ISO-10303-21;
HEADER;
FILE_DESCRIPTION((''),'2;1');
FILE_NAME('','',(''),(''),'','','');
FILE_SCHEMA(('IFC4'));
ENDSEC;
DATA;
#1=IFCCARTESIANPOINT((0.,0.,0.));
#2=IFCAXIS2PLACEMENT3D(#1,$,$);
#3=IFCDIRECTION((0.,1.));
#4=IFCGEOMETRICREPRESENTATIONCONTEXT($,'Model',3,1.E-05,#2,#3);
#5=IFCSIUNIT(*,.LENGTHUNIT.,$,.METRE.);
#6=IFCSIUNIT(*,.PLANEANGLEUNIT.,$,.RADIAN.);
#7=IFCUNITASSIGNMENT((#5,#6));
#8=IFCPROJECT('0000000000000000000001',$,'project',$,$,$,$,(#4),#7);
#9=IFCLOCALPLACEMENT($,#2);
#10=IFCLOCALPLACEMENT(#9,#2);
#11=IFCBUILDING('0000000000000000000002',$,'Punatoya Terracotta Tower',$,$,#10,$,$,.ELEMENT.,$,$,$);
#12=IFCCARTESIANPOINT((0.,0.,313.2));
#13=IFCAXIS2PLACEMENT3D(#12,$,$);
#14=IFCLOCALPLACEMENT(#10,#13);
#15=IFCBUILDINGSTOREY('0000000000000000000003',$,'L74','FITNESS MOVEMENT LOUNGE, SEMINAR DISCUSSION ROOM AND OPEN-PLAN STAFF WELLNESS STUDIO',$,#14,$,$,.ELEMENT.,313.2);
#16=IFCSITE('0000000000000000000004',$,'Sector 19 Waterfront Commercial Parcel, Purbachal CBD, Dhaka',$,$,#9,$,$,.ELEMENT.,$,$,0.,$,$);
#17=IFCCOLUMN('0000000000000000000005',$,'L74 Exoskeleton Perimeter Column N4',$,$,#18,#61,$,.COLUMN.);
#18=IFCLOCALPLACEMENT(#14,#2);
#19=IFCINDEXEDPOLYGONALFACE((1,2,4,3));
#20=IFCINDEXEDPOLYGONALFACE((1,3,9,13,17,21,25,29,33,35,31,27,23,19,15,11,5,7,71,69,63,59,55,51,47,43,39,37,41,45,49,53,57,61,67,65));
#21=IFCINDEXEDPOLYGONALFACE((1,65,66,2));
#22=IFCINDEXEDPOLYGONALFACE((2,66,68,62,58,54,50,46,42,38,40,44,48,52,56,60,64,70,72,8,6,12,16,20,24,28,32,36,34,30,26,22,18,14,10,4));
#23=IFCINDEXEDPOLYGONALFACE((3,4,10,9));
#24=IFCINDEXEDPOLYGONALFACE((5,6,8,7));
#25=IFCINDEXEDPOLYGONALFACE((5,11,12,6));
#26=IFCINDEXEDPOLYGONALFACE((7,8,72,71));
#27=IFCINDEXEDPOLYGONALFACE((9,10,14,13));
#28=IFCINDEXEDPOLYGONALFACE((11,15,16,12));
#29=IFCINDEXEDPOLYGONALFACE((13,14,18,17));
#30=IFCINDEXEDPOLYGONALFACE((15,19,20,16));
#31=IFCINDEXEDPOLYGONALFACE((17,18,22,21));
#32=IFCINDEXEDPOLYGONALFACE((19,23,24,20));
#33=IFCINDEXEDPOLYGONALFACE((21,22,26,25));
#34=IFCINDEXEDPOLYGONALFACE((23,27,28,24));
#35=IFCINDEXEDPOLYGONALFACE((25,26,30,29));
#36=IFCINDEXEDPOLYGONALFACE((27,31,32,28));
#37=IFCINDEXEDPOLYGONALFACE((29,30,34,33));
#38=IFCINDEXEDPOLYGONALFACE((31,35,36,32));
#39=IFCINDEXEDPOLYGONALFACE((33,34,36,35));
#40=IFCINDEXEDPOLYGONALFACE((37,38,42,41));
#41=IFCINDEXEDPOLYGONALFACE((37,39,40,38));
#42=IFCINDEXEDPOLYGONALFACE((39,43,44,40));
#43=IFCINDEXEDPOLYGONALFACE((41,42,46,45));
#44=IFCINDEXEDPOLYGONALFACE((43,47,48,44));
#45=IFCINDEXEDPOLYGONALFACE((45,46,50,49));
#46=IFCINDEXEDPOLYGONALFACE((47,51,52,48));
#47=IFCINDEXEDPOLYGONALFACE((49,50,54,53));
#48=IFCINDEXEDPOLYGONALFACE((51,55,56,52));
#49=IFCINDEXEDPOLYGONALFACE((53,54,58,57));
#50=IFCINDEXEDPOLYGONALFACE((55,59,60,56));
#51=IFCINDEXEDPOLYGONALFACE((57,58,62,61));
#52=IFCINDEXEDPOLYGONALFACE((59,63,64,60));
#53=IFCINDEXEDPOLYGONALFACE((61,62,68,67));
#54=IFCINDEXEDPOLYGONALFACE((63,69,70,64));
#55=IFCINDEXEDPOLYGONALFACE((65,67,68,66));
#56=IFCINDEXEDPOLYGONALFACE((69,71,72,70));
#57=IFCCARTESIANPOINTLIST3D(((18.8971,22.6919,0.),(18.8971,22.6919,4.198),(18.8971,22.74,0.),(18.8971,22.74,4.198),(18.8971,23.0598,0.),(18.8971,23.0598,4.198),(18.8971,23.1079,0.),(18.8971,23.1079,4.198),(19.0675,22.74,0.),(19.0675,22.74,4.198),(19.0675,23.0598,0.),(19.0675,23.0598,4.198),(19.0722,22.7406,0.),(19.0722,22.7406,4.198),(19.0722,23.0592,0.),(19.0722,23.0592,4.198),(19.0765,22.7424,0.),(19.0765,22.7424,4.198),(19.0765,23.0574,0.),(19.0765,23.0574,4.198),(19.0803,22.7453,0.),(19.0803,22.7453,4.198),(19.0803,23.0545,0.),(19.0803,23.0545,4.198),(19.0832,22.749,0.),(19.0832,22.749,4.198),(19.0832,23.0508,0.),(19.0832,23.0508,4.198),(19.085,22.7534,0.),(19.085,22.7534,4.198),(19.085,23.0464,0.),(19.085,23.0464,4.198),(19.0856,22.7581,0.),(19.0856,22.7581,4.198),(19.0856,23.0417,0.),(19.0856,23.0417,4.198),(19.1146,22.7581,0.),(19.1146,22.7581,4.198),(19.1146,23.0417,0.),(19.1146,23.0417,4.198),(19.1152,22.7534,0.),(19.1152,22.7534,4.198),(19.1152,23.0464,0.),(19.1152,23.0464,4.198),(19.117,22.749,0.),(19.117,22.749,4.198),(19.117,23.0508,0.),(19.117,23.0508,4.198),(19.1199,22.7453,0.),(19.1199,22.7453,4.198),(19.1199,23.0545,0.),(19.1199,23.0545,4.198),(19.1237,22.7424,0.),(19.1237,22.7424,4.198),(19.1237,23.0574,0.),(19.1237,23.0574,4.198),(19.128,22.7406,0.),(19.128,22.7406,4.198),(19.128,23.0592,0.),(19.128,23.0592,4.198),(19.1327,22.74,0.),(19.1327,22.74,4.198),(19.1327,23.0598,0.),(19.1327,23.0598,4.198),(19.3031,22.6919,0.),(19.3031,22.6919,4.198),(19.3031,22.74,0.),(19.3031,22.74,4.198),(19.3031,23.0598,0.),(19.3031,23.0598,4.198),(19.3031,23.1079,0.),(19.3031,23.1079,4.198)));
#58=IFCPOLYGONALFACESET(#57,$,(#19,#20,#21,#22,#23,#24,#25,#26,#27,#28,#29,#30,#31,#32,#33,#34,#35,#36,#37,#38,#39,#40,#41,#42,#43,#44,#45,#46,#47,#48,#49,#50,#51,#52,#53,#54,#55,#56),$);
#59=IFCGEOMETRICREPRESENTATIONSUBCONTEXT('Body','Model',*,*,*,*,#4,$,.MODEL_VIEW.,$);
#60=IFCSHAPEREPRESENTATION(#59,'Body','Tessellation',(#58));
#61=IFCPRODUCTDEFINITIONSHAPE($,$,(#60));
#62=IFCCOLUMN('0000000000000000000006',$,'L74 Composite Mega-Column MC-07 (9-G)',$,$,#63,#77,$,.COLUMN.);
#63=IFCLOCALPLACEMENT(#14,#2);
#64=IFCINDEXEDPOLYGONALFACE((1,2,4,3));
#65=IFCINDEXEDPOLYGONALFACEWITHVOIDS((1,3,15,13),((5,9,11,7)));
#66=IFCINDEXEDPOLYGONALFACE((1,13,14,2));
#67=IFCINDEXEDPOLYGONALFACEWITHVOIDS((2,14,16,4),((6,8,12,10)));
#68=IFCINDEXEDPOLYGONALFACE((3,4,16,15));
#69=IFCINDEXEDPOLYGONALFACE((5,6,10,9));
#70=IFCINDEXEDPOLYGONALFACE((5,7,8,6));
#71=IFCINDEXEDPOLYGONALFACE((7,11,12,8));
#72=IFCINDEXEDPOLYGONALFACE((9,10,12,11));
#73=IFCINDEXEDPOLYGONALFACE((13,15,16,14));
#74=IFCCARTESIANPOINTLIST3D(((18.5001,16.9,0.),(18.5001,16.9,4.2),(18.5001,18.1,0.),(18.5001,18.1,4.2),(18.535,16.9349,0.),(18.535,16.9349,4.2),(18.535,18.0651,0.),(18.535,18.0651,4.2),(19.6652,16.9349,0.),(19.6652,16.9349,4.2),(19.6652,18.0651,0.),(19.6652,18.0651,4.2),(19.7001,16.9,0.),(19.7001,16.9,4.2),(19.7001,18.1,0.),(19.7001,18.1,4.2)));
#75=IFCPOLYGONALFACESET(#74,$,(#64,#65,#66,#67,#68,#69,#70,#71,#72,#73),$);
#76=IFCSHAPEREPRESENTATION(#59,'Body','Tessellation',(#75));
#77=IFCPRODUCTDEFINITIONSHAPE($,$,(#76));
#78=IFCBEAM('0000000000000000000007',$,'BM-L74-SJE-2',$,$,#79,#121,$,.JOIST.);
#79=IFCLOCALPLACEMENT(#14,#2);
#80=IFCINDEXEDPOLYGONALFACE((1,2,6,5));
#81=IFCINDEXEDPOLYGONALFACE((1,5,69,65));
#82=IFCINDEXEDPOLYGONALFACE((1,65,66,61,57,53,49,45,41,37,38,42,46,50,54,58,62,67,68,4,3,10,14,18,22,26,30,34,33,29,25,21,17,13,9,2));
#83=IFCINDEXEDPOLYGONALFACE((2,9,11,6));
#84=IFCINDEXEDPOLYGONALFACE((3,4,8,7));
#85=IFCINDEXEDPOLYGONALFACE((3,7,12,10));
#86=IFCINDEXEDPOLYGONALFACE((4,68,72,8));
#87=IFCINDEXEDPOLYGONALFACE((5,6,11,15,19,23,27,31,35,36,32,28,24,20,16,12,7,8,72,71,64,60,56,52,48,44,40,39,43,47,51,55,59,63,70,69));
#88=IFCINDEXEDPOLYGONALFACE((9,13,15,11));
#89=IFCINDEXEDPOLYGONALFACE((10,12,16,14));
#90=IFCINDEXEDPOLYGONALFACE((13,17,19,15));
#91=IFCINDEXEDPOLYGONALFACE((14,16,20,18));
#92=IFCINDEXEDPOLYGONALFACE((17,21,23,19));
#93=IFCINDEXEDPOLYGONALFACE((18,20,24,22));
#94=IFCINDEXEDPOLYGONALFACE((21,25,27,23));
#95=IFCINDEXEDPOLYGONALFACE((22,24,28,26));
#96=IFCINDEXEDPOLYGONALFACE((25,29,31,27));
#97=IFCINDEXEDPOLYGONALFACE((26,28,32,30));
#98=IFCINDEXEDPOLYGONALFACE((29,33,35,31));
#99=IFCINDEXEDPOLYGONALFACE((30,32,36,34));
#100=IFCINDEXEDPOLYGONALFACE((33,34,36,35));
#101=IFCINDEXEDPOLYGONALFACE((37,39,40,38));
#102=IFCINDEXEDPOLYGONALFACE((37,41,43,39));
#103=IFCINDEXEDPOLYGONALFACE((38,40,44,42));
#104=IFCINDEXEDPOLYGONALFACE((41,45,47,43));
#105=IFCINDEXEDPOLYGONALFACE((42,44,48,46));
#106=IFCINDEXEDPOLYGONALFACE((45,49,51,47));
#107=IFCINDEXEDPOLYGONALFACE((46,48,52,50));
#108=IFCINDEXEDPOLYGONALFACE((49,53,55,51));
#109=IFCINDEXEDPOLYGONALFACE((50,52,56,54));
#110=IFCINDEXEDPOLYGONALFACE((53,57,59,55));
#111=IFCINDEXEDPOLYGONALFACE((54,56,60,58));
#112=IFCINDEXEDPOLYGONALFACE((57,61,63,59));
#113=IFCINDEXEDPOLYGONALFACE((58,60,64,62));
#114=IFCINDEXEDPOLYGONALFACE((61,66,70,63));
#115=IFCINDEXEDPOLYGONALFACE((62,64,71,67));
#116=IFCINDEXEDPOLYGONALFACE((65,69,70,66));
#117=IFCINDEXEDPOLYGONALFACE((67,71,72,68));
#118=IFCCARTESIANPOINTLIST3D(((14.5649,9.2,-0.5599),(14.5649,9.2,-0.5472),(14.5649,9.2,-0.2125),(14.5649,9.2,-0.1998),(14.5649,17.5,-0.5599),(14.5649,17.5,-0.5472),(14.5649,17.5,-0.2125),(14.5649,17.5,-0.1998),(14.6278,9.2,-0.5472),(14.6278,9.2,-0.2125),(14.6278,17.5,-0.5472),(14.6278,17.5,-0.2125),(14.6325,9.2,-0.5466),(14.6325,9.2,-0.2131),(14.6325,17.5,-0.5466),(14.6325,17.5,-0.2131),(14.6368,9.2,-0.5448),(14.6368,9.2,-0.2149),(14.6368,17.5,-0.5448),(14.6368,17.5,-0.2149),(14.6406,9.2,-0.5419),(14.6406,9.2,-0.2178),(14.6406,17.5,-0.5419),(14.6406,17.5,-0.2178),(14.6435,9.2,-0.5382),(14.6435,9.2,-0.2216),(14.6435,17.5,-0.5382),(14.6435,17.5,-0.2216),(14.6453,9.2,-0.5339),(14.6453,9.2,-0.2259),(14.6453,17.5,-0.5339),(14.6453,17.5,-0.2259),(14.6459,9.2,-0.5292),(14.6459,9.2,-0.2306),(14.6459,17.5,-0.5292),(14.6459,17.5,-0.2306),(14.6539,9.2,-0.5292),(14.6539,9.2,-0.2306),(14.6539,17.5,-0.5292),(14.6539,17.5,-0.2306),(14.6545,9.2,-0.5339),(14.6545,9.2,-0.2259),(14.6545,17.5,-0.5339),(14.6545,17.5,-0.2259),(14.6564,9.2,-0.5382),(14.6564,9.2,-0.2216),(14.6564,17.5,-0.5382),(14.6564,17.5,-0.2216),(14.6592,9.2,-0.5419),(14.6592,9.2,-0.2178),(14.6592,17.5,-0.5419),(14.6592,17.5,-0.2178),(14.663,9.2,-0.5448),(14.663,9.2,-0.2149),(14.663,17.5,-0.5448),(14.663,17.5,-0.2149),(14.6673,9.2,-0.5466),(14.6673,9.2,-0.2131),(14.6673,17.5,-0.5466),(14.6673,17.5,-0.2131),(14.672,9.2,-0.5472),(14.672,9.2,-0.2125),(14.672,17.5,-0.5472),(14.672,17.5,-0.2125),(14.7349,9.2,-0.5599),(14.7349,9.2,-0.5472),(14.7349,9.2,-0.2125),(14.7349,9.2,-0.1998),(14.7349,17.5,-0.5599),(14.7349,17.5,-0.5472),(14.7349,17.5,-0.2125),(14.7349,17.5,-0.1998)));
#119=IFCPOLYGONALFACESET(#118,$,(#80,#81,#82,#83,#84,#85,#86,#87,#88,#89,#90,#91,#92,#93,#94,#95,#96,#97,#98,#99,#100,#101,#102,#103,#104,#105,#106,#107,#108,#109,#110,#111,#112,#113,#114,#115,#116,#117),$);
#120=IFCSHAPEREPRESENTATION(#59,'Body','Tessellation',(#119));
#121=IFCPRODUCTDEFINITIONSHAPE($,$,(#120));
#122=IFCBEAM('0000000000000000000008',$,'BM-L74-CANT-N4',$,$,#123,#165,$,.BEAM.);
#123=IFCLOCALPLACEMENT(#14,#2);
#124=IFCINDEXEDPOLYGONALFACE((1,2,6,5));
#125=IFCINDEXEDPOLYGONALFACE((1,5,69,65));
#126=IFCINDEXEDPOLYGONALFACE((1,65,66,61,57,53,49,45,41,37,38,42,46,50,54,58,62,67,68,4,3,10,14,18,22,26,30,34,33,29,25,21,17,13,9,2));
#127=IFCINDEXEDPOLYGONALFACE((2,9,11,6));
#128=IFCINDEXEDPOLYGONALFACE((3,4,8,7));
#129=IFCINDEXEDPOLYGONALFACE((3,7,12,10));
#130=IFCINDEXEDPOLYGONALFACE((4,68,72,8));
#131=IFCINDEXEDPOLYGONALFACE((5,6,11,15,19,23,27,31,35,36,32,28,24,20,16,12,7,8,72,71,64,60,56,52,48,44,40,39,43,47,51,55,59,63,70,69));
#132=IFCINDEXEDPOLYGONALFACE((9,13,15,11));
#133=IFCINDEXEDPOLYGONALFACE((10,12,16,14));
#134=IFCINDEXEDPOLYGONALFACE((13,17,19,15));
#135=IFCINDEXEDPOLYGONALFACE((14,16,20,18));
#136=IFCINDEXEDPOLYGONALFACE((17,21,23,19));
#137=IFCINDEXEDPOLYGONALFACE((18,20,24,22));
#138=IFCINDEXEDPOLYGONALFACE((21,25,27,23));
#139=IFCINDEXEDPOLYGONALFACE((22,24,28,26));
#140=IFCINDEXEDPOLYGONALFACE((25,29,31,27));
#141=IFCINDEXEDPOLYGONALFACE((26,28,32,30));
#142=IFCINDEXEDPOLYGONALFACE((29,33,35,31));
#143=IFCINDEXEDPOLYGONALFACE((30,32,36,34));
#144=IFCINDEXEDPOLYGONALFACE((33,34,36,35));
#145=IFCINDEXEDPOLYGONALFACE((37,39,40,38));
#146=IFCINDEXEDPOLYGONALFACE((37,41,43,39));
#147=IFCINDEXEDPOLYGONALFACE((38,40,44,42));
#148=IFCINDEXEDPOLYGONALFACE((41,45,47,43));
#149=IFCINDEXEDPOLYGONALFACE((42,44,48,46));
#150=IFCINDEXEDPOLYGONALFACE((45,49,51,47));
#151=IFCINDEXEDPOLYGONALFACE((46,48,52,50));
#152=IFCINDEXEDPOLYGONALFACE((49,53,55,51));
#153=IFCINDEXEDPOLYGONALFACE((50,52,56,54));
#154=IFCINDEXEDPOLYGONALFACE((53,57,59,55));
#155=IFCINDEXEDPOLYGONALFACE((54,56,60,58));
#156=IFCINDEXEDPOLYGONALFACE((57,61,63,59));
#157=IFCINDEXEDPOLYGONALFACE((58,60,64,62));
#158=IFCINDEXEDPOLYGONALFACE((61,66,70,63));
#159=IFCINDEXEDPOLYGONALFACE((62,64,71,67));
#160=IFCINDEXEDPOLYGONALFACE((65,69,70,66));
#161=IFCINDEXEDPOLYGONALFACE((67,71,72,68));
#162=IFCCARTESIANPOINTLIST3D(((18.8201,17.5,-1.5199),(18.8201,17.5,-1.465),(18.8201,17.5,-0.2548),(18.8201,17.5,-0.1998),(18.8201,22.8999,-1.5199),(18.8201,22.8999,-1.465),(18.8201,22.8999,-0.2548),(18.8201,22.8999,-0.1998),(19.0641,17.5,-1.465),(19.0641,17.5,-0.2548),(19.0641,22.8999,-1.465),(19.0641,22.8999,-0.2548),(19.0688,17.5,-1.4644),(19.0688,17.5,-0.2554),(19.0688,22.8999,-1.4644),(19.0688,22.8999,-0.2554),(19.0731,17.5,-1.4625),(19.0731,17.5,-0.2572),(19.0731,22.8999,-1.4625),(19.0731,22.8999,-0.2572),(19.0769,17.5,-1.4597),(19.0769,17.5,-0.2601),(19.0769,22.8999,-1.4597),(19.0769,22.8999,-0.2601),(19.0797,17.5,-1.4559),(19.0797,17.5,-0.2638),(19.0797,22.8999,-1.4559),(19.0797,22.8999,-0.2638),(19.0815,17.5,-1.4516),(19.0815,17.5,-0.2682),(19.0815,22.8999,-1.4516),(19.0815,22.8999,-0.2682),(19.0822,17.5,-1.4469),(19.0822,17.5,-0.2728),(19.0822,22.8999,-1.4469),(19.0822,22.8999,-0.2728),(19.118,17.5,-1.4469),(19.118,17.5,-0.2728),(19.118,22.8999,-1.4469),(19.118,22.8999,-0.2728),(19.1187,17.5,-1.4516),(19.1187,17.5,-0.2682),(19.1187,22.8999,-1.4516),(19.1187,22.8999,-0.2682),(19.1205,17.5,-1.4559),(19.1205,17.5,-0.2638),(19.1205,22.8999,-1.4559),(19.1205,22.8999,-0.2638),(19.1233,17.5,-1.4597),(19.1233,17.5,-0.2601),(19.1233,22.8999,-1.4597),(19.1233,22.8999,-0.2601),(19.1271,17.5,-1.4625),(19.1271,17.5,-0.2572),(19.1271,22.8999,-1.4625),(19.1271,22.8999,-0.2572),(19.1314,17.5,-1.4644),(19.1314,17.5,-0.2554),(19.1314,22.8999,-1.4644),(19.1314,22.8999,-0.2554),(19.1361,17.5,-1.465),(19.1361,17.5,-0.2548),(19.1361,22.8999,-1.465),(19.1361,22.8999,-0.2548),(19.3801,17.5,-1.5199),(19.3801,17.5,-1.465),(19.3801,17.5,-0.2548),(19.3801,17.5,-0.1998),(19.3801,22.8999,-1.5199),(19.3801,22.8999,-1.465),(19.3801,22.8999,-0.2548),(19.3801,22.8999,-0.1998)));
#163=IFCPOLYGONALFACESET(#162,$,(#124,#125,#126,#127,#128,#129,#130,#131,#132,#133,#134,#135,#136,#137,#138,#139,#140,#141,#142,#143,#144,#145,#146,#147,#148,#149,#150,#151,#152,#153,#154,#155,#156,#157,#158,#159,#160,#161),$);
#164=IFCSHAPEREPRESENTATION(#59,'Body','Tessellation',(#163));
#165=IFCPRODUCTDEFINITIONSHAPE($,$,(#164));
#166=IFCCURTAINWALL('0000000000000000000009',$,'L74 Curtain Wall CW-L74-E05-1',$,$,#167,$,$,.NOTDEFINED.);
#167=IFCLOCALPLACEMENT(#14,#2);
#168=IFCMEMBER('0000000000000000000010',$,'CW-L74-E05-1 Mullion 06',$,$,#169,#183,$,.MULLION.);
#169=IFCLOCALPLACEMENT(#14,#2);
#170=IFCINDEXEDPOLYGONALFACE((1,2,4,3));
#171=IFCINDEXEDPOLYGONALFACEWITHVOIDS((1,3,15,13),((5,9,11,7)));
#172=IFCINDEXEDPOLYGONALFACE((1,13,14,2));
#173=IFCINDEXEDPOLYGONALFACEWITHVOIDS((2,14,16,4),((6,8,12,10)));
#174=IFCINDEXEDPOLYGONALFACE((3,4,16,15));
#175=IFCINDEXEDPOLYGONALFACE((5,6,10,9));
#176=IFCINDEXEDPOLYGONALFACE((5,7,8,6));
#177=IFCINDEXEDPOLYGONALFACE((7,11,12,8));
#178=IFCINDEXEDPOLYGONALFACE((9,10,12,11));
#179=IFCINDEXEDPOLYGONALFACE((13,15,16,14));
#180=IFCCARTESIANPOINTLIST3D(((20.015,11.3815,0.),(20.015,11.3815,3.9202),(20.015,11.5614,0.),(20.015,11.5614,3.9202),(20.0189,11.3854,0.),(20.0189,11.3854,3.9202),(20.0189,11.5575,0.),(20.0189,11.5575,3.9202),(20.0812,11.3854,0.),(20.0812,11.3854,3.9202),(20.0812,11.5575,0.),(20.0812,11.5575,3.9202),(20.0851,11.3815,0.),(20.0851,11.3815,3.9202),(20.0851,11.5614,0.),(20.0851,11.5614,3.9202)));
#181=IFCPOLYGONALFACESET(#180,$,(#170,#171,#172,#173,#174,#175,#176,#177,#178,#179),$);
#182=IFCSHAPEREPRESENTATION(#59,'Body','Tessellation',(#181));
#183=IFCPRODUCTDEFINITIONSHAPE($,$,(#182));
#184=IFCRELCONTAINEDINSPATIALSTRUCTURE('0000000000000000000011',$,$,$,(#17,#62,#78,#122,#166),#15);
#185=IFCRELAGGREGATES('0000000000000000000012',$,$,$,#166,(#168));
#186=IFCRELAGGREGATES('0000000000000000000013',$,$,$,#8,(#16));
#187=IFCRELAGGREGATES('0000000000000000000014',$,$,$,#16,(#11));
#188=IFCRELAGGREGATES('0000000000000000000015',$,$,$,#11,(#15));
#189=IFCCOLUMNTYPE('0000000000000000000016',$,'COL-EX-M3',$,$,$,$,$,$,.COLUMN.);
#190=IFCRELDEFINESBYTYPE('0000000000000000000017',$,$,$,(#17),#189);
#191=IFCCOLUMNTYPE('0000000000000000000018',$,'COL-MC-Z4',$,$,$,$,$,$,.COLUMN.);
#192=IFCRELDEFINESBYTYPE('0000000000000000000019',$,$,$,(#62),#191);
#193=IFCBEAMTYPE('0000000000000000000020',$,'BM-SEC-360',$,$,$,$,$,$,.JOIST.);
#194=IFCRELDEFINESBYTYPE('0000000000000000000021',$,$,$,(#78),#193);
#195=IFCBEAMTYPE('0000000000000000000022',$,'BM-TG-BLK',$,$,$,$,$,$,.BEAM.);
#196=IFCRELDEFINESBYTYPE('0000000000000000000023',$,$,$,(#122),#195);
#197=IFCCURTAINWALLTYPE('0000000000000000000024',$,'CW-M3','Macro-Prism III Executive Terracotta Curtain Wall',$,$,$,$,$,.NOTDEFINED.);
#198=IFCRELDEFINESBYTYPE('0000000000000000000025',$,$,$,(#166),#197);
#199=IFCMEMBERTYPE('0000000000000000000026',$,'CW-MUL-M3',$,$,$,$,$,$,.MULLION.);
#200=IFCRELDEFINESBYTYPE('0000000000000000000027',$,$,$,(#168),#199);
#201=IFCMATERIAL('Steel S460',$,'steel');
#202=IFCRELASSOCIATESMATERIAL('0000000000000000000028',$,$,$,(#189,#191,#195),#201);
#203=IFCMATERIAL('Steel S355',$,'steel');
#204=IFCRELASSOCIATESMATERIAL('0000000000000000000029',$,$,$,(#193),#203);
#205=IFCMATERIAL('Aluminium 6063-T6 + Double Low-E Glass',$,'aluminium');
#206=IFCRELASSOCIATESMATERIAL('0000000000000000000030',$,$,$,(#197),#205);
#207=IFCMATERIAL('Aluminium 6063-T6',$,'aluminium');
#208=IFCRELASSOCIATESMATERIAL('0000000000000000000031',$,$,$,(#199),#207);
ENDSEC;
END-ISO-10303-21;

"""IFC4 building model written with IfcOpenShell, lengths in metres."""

from ifc_helpers import new_model, si_unit, direction, frame, origin, origin_2d, place, context, subcontext, project, spatial, hollow_rectangle, i_section, extrude, material, material_profile, profile_set, type_object, element, aggregate, save


model = new_model("IFC4")

# Units and contexts
model_context = context("Model", 3, precision=1e-05, world=origin(), true_north=direction((0.0, 1.0)))
body_context = subcontext(model_context, "Body", "Model", "MODEL_VIEW")
ifc_project = project(units=[si_unit("LENGTHUNIT", "METRE"), si_unit("PLANEANGLEUNIT", "RADIAN")], contexts=[model_context])

# Site, building, storey
site_placement = place(None, origin())
site = spatial("IfcSite", under=ifc_project, at=site_placement, Name="Sector 19 Waterfront Commercial Parcel, Purbachal CBD, Dhaka", CompositionType="ELEMENT", RefElevation=0.0)
building_placement = place(site_placement, origin())
building = spatial("IfcBuilding", under=site, at=building_placement, Name="Punatoya Terracotta Tower", CompositionType="ELEMENT")
storey_placement = place(building_placement, frame((0.0, 0.0, 313.2)))
storey = spatial("IfcBuildingStorey", under=building, at=storey_placement, Name="L74", Description="FITNESS MOVEMENT LOUNGE, SEMINAR DISCUSSION ROOM AND OPEN-PLAN STAFF WELLNESS STUDIO", CompositionType="ELEMENT", Elevation=313.2)

# Columns
ifc_material_1 = material(Name="Steel S460", Category="steel")
ifc_material_profile_1 = material_profile(ifc_material_1, i_section(OverallWidth=0.406, OverallDepth=0.416, WebThickness=0.0291, FlangeThickness=0.0481, FilletRadius=0.0181, at=origin_2d()))
ifc_profile_set_1 = profile_set([ifc_material_profile_1], Name="Steel S460")
column_type_1 = type_object("IfcColumnType", Name="COL-EX-M3", PredefinedType="COLUMN", material=ifc_profile_set_1)
column_1_placement = place(storey_placement, frame((19.1001, 22.8999, 0.0), z_axis=(0.0, 0.0, 1.0), x_axis=(1.0, 0.0, 0.0)))
element("IfcColumn", 1, at=column_1_placement, inside=storey, type_object=column_type_1, Name="L74 Exoskeleton Perimeter Column N4", PredefinedType="COLUMN", context=body_context, shape_type="SweptSolid", body=[
    extrude(i_section(OverallWidth=0.406, OverallDepth=0.416, WebThickness=0.0291, FlangeThickness=0.0481, FilletRadius=0.0181, at=origin_2d()), origin(), (0.0, 0.0, 1.0), 4.198),
])
ifc_material_profile_2 = material_profile(ifc_material_1, hollow_rectangle(XDim=1.2, YDim=1.2, WallThickness=0.0349, at=origin_2d()))
ifc_profile_set_2 = profile_set([ifc_material_profile_2], Name="Steel S460")
column_type_2 = type_object("IfcColumnType", Name="COL-MC-Z4", PredefinedType="COLUMN", material=ifc_profile_set_2)
column_2_placement = place(storey_placement, frame((19.1001, 17.5, 0.0), z_axis=(0.0, 0.0, 1.0), x_axis=(1.0, 0.0, 0.0)))
element("IfcColumn", 2, at=column_2_placement, inside=storey, type_object=column_type_2, Name="L74 Composite Mega-Column MC-07 (9-G)", PredefinedType="COLUMN", context=body_context, shape_type="SweptSolid", body=[
    extrude(hollow_rectangle(XDim=1.2, YDim=1.2, WallThickness=0.0349, at=origin_2d()), origin(), (0.0, 0.0, 1.0), 4.2),
])

# Beams
ifc_material_2 = material(Name="Steel S355", Category="steel")
ifc_material_profile_3 = material_profile(ifc_material_2, i_section(OverallWidth=0.1699, OverallDepth=0.3601, WebThickness=0.0081, FlangeThickness=0.0127, FilletRadius=0.0181, at=origin_2d()))
ifc_profile_set_3 = profile_set([ifc_material_profile_3], Name="Steel S355")
beam_type_1 = type_object("IfcBeamType", Name="BM-SEC-360", PredefinedType="JOIST", material=ifc_profile_set_3)
beam_1_placement = place(storey_placement, frame((14.6499, 9.2, -0.3799), z_axis=(0.0, 1.0, 0.0), x_axis=(-1.0, 0.0, 0.0)))
element("IfcBeam", 3, at=beam_1_placement, inside=storey, type_object=beam_type_1, Name="BM-L74-SJE-2", PredefinedType="JOIST", context=body_context, shape_type="SweptSolid", body=[
    extrude(i_section(OverallWidth=0.1699, OverallDepth=0.3601, WebThickness=0.0081, FlangeThickness=0.0127, FilletRadius=0.0181, at=origin_2d()), origin(), (0.0, 0.0, 1.0), 8.3),
])
ifc_material_profile_4 = material_profile(ifc_material_1, i_section(OverallWidth=0.5601, OverallDepth=1.3201, WebThickness=0.0359, FlangeThickness=0.0549, FilletRadius=0.0181, at=origin_2d()))
ifc_profile_set_4 = profile_set([ifc_material_profile_4], Name="Steel S460")
beam_type_2 = type_object("IfcBeamType", Name="BM-TG-BLK", PredefinedType="BEAM", material=ifc_profile_set_4)
beam_2_placement = place(storey_placement, frame((19.1001, 17.5, -0.8599), z_axis=(0.0, 1.0, 0.0), x_axis=(-1.0, 0.0, 0.0)))
element("IfcBeam", 4, at=beam_2_placement, inside=storey, type_object=beam_type_2, Name="BM-L74-CANT-N4", PredefinedType="BEAM", context=body_context, shape_type="SweptSolid", body=[
    extrude(i_section(OverallWidth=0.5601, OverallDepth=1.3201, WebThickness=0.0359, FlangeThickness=0.0549, FilletRadius=0.0181, at=origin_2d()), origin(), (0.0, 0.0, 1.0), 5.3999),
])

# Curtain wall, member
ifc_material_3 = material(Name="Aluminium 6063-T6 + Double Low-E Glass", Category="aluminium")
curtain_wall_type = type_object("IfcCurtainWallType", Name="CW-M3", Description="Macro-Prism III Executive Terracotta Curtain Wall", PredefinedType="NOTDEFINED", material=ifc_material_3)
curtain_wall_placement = place(storey_placement, origin())
curtain_wall = element("IfcCurtainWall", 5, at=curtain_wall_placement, inside=storey, type_object=curtain_wall_type, Name="L74 Curtain Wall CW-L74-E05-1", PredefinedType="NOTDEFINED")
ifc_material_4 = material(Name="Aluminium 6063-T6", Category="aluminium")
ifc_material_profile_5 = material_profile(ifc_material_4, hollow_rectangle(XDim=0.0701, YDim=0.1799, WallThickness=0.0039, at=origin_2d()))
ifc_profile_set_5 = profile_set([ifc_material_profile_5], Name="Aluminium 6063-T6")
member_type = type_object("IfcMemberType", Name="CW-MUL-M3", PredefinedType="MULLION", material=ifc_profile_set_5)
member_1_placement = place(storey_placement, frame((20.05, 11.4714, 0.0), z_axis=(0.0, 0.0, 1.0), x_axis=(1.0, 0.0, 0.0)))
member_1 = element("IfcMember", 6, at=member_1_placement, type_object=member_type, Name="CW-L74-E05-1 Mullion 06", PredefinedType="MULLION", context=body_context, shape_type="SweptSolid", body=[
    extrude(hollow_rectangle(XDim=0.0701, YDim=0.1799, WallThickness=0.0039, at=origin_2d()), origin(), (0.0, 0.0, 1.0), 3.9202),
])
aggregate(curtain_wall, [member_1])

save(model, "model.ifc")
